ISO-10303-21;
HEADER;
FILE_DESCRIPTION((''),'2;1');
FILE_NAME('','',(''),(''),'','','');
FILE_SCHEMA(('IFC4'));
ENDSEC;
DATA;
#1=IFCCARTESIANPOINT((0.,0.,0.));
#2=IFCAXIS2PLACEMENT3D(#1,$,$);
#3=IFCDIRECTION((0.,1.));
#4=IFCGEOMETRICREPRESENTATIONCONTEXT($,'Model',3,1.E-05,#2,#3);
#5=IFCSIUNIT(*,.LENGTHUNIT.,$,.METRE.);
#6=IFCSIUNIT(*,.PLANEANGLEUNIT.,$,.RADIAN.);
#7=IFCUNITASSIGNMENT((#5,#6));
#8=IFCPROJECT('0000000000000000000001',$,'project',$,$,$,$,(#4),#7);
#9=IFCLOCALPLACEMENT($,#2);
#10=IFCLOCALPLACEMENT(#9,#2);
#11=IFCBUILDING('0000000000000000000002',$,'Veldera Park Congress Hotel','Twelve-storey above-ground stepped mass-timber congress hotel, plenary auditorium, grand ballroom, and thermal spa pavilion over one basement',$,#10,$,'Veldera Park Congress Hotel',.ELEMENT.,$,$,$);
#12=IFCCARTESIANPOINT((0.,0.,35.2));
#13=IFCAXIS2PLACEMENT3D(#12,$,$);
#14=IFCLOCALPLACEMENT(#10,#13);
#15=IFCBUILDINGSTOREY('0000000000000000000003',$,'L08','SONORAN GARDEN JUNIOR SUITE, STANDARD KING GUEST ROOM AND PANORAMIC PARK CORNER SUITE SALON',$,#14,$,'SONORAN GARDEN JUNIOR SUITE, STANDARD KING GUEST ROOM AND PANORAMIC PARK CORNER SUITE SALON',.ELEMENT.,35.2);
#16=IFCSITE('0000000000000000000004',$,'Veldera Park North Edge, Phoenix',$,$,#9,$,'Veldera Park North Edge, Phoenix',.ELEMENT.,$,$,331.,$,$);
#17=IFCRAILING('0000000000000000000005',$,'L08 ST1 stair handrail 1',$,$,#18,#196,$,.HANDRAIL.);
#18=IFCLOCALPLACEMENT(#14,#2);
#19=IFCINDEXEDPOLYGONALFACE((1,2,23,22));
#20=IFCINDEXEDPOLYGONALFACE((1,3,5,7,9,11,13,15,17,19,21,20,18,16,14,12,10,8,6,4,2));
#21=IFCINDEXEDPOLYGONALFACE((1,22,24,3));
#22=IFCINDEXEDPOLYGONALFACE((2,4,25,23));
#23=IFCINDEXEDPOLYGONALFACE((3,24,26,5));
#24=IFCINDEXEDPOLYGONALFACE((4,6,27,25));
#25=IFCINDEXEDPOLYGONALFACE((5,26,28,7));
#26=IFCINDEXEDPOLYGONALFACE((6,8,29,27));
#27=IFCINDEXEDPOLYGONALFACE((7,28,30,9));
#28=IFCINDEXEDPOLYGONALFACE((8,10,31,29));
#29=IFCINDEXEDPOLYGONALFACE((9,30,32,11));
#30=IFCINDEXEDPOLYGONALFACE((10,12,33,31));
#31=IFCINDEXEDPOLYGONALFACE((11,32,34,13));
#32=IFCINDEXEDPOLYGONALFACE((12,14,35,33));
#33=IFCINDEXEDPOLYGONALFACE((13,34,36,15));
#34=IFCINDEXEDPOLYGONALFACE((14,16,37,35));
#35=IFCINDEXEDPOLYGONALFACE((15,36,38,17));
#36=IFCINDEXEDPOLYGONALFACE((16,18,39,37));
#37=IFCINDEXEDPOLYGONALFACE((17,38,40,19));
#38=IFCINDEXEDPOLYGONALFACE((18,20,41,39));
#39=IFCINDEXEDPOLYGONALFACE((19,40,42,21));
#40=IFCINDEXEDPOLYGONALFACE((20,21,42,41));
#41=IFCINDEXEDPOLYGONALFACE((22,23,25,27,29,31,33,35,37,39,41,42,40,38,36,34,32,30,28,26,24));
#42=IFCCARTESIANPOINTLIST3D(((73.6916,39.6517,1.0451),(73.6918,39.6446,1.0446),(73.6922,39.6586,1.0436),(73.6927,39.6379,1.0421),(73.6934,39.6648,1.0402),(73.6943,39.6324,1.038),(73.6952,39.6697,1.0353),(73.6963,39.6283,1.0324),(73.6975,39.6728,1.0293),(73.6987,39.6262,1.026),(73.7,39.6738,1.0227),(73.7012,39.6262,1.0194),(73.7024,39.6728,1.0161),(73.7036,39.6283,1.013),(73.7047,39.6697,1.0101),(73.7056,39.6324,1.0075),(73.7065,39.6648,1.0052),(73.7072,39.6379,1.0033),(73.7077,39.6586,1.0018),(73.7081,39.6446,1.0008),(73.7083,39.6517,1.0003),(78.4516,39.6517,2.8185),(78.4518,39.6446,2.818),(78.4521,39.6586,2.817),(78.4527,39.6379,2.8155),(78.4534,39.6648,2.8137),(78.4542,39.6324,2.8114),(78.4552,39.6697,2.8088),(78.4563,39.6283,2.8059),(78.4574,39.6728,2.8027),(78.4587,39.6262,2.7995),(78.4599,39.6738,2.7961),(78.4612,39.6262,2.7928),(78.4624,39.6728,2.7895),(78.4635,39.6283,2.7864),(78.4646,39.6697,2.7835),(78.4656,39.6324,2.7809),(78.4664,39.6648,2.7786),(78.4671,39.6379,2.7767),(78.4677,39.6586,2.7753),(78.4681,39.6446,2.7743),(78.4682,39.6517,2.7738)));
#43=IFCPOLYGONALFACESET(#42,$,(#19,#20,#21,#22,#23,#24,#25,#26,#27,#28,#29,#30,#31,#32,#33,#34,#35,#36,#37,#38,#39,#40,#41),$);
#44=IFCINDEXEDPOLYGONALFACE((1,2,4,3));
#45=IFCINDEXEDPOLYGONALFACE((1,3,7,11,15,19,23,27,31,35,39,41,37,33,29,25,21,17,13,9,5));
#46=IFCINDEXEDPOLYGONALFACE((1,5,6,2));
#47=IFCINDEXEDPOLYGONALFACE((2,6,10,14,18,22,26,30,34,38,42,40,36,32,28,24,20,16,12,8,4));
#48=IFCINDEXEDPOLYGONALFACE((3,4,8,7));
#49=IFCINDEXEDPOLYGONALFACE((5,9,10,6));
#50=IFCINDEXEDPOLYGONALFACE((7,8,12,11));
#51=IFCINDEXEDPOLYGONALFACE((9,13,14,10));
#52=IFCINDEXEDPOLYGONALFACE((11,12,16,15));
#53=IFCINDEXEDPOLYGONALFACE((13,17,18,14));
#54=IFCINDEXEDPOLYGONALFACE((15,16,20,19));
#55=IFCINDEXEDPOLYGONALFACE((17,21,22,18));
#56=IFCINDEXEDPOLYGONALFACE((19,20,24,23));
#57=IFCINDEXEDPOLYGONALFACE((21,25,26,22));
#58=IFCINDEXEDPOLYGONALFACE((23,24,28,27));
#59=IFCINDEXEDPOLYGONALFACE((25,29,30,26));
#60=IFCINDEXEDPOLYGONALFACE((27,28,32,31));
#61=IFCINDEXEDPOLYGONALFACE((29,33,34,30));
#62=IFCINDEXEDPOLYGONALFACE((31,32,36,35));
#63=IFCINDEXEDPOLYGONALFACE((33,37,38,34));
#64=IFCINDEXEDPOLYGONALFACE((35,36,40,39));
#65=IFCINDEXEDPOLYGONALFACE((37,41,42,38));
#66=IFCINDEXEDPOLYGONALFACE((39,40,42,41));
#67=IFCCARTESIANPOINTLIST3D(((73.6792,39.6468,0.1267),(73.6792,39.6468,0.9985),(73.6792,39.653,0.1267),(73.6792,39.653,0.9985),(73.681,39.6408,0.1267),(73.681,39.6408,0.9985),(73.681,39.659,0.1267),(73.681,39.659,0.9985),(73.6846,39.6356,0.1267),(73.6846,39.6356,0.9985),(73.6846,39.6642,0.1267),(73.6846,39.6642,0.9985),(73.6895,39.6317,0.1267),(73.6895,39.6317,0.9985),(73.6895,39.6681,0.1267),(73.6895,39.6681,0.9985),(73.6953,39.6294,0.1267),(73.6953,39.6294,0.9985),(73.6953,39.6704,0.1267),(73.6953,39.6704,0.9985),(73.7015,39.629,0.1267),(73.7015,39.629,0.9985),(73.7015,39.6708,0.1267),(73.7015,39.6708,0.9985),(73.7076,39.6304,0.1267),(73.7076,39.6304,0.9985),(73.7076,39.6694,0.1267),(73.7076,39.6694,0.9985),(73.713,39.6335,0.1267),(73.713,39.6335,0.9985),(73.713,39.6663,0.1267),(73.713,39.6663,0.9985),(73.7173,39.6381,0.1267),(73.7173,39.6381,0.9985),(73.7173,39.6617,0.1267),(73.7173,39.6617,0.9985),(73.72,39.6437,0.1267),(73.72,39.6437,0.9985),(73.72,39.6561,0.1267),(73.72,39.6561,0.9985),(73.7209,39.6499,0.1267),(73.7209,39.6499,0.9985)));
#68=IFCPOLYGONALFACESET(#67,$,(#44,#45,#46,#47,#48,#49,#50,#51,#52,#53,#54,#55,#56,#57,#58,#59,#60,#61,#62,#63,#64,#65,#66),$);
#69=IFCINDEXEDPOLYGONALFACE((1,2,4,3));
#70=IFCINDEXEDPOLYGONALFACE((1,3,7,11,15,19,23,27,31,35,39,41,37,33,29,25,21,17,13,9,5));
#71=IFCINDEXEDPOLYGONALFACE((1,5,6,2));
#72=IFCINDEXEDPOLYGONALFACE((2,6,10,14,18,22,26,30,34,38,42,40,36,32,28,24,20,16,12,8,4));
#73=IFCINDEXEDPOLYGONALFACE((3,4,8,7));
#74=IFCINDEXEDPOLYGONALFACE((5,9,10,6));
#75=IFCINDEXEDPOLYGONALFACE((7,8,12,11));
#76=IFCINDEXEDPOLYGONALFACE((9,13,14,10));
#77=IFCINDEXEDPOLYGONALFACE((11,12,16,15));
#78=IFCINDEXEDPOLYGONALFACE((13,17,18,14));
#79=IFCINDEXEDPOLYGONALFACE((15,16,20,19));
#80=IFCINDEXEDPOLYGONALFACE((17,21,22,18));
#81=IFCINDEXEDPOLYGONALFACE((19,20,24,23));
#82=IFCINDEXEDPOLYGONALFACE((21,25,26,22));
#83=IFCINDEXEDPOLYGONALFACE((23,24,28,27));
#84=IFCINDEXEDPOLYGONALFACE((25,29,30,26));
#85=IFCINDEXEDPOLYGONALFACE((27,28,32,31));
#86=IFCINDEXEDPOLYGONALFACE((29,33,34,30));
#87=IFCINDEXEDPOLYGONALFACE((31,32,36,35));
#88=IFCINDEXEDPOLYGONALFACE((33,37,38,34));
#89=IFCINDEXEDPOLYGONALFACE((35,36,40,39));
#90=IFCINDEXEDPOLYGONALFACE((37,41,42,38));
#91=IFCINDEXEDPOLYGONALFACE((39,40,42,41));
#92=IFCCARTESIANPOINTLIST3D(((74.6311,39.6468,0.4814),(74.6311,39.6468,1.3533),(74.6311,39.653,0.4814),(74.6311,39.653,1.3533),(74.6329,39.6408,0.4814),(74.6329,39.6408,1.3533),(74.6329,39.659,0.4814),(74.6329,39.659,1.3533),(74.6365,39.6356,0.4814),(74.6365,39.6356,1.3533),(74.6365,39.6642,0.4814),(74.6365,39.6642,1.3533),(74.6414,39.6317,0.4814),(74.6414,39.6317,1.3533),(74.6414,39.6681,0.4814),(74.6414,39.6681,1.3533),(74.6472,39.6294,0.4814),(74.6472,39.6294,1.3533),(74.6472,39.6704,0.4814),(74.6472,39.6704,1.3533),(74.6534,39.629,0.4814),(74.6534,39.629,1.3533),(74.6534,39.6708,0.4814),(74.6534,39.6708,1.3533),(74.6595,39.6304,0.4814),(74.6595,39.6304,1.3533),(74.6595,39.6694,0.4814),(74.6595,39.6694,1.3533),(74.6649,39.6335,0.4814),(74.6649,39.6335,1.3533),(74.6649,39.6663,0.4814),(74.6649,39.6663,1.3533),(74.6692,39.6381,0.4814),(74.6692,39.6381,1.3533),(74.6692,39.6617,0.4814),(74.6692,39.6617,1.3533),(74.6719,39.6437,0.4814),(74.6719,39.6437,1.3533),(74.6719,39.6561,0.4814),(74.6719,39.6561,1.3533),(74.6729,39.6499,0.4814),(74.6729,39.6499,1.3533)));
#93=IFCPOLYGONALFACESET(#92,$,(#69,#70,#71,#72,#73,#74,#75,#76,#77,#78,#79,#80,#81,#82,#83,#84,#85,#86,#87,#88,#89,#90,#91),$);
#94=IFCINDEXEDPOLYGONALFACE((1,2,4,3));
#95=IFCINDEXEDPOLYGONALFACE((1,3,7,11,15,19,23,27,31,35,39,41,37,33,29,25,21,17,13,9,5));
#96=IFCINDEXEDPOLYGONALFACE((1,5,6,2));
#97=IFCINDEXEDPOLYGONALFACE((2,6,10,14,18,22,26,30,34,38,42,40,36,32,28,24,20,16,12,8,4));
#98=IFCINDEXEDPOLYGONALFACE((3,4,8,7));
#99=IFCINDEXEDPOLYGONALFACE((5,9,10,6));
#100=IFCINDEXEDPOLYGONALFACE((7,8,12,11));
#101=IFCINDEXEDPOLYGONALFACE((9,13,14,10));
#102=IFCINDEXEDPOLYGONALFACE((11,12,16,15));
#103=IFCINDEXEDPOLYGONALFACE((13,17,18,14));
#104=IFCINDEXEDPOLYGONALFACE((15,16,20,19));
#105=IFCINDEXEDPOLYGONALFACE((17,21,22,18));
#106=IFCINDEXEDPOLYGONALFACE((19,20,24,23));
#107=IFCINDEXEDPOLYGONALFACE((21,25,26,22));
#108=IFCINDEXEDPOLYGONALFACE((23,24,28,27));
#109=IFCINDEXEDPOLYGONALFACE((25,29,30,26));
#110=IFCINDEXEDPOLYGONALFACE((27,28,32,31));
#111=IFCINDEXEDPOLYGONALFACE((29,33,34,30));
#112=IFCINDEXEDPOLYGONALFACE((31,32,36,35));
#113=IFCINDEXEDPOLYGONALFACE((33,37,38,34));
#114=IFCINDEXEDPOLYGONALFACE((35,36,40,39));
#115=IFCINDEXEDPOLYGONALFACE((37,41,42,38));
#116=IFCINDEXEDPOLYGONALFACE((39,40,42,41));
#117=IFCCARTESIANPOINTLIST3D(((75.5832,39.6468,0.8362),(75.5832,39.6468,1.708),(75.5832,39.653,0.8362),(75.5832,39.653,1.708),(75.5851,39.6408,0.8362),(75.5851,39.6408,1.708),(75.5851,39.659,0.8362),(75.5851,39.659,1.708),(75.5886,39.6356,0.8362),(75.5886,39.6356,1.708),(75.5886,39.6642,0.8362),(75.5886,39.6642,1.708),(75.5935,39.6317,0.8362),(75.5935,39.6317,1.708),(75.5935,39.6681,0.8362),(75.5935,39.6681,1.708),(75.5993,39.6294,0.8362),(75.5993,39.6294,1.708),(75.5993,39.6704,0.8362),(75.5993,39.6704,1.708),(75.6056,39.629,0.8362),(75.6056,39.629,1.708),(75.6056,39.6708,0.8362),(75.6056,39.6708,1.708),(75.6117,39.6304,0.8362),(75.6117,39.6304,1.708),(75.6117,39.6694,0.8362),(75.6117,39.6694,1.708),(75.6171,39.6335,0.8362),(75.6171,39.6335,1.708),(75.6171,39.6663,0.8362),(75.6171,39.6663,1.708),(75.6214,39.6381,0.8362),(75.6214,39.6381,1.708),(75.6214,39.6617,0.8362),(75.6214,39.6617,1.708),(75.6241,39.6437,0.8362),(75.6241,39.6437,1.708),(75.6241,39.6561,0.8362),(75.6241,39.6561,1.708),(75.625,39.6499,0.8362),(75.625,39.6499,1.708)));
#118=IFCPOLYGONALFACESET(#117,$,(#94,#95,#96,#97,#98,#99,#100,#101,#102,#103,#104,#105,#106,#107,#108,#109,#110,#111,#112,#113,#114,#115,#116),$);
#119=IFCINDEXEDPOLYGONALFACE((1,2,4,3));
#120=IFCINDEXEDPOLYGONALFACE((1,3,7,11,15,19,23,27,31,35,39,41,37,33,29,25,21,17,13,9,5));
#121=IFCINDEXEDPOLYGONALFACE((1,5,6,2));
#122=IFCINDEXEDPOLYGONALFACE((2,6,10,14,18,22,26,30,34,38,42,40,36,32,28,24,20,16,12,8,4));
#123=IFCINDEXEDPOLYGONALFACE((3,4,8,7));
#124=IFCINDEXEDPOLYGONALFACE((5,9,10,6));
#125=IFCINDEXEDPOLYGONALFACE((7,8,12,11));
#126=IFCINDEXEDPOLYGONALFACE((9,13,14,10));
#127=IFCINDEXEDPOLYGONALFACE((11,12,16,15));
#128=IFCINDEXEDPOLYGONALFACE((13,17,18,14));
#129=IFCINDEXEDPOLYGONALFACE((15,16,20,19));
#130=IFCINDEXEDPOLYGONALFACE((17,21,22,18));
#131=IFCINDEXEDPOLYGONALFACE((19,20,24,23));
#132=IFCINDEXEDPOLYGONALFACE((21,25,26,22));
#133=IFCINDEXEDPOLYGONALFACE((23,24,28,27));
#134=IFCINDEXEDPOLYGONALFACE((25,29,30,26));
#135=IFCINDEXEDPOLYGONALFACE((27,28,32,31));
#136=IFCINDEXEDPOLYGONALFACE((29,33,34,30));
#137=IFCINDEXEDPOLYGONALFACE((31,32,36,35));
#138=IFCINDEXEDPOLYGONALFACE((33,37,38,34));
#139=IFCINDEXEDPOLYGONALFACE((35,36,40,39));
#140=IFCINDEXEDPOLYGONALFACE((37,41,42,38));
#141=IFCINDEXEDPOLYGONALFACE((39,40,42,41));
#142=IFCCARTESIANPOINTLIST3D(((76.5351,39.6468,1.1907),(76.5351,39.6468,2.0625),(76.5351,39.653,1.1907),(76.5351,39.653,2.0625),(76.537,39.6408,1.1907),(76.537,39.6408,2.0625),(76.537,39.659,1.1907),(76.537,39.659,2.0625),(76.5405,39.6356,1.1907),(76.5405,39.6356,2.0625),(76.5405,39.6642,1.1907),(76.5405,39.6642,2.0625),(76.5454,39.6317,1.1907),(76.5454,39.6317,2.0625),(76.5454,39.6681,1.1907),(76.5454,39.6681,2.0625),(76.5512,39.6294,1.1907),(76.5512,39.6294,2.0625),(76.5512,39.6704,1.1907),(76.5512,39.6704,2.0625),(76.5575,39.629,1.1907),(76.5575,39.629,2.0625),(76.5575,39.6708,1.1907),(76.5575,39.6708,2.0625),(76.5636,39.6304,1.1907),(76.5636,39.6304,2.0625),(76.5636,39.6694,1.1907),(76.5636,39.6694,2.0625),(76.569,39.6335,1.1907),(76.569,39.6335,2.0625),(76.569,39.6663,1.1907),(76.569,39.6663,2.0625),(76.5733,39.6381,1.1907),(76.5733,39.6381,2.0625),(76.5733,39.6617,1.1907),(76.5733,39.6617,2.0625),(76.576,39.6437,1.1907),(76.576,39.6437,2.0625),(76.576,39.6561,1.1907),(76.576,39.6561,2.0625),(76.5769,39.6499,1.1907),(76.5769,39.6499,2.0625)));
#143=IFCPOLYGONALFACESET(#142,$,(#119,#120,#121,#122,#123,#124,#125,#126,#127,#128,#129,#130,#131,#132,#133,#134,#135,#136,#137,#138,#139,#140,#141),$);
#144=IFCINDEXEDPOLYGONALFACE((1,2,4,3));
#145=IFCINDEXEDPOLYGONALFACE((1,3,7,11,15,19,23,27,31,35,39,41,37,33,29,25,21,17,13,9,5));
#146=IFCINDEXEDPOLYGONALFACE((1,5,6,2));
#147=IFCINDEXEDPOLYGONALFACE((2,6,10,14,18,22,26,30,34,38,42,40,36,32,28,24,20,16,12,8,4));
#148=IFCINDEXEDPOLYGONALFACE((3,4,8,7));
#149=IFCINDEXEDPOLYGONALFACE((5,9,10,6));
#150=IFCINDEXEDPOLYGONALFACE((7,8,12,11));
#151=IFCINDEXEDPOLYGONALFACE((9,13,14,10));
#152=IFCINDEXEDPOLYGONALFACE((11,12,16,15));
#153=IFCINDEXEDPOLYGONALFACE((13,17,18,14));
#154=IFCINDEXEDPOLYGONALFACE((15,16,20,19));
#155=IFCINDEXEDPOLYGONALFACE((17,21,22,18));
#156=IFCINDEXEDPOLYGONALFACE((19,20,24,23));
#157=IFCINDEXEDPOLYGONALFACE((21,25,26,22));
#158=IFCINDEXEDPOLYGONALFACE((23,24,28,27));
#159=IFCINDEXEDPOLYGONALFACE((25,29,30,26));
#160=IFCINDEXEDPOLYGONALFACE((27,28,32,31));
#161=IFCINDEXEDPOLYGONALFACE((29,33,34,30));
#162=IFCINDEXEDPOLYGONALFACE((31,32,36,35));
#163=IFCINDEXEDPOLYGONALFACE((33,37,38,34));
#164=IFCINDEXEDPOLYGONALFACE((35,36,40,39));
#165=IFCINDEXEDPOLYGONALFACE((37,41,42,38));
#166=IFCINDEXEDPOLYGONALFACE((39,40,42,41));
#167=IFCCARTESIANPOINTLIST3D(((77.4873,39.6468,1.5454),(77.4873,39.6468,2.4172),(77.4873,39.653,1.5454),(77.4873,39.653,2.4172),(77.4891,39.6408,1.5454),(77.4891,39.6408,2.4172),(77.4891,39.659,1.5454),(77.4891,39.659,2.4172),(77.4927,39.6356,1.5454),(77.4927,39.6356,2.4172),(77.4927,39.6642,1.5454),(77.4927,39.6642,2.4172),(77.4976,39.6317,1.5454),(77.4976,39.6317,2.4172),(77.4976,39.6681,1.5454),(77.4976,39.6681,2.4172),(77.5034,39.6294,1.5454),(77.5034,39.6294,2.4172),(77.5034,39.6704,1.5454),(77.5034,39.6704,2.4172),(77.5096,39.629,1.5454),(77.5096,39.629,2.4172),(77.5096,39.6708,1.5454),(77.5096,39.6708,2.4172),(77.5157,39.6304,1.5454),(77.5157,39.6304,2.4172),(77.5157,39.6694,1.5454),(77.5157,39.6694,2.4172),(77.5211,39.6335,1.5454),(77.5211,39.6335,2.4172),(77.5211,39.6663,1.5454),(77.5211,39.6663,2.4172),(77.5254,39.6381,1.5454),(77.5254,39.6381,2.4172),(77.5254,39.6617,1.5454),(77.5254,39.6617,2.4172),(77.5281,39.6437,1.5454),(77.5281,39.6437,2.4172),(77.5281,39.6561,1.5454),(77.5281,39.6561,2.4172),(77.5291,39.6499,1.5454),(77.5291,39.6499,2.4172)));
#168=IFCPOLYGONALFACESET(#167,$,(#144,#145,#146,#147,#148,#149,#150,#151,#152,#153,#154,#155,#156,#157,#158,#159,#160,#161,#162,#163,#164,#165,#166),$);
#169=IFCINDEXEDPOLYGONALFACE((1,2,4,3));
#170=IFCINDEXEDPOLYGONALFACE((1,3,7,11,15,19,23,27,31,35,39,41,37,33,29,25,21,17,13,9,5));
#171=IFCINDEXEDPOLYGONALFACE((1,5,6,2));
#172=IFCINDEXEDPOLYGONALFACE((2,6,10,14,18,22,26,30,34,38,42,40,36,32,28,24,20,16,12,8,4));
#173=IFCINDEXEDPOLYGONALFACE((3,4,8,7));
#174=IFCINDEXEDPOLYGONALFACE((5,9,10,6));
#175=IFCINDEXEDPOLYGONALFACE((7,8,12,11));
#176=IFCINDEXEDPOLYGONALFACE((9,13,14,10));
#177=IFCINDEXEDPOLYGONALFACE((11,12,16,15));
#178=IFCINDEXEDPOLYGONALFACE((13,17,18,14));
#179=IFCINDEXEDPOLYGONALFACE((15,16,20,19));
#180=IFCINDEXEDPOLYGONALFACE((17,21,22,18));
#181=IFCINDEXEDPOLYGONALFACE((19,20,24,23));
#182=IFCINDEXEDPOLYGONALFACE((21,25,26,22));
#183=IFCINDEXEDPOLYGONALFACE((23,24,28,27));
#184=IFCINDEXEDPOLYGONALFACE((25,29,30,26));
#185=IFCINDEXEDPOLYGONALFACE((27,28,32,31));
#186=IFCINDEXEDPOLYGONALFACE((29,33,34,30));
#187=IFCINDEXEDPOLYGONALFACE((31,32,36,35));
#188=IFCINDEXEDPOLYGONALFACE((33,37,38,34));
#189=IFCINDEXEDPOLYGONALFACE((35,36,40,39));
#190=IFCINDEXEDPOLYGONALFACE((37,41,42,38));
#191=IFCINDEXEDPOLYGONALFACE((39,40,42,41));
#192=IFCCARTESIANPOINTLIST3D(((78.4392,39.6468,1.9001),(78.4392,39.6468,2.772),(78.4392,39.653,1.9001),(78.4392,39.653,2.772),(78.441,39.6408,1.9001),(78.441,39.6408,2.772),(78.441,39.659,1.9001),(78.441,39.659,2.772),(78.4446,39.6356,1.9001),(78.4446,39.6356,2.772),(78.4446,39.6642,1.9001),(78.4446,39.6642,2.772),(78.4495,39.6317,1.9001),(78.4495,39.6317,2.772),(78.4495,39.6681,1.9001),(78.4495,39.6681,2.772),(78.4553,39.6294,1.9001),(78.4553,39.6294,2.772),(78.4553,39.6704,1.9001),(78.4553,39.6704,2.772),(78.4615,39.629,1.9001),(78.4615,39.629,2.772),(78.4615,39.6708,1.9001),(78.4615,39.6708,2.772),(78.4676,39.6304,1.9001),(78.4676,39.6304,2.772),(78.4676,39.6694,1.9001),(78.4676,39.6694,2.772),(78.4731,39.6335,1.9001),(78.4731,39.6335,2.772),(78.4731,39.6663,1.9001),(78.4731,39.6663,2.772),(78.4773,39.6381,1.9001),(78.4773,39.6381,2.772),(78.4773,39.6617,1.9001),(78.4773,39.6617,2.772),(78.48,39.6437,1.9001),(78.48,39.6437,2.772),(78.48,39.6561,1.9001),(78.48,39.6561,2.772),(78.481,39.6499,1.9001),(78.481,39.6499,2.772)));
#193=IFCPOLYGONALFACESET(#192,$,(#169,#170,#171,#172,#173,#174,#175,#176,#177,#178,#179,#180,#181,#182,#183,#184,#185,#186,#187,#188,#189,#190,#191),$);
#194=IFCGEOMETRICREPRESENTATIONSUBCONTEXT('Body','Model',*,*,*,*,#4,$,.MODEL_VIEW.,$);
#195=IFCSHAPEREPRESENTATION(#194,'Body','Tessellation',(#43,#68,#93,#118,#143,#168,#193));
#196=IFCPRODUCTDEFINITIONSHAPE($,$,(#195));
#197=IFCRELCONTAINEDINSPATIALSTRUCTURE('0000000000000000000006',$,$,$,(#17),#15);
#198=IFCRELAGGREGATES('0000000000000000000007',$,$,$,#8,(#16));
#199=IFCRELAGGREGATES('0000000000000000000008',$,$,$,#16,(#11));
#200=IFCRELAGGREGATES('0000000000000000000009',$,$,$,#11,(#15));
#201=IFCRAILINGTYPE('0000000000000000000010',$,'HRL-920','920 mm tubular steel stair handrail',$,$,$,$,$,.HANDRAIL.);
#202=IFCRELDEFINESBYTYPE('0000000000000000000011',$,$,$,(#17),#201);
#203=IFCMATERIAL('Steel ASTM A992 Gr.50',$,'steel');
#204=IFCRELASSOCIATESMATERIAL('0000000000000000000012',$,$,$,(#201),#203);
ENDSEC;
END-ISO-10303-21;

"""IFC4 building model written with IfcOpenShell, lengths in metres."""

from ifc_helpers import new_model, si_unit, direction, frame, origin, origin_2d, place, context, subcontext, project, spatial, circle, extrude, material, type_object, element, save


model = new_model("IFC4")

# Units and contexts
model_context = context("Model", 3, precision=1e-05, world=origin(), true_north=direction((0.0, 1.0)))
body_context = subcontext(model_context, "Body", "Model", "MODEL_VIEW")
ifc_project = project(units=[si_unit("LENGTHUNIT", "METRE"), si_unit("PLANEANGLEUNIT", "RADIAN")], contexts=[model_context])

# Site, building, storey
site_placement = place(None, origin())
site = spatial("IfcSite", under=ifc_project, at=site_placement, Name="Veldera Park North Edge, Phoenix", LongName="Veldera Park North Edge, Phoenix", CompositionType="ELEMENT", RefElevation=331.0)
building_placement = place(site_placement, origin())
building = spatial("IfcBuilding", under=site, at=building_placement, Name="Veldera Park Congress Hotel", Description="Twelve-storey above-ground stepped mass-timber congress hotel, plenary auditorium, grand ballroom, and thermal spa pavilion over one basement", LongName="Veldera Park Congress Hotel", CompositionType="ELEMENT")
storey_placement = place(building_placement, frame((0.0, 0.0, 35.2)))
storey = spatial("IfcBuildingStorey", under=building, at=storey_placement, Name="L08", Description="SONORAN GARDEN JUNIOR SUITE, STANDARD KING GUEST ROOM AND PANORAMIC PARK CORNER SUITE SALON", LongName="SONORAN GARDEN JUNIOR SUITE, STANDARD KING GUEST ROOM AND PANORAMIC PARK CORNER SUITE SALON", CompositionType="ELEMENT", Elevation=35.2)

# Railing
ifc_material_1 = material(Name="Steel ASTM A992 Gr.50", Category="steel")
railing_type_1 = type_object("IfcRailingType", Name="HRL-920", Description="920 mm tubular steel stair handrail", PredefinedType="HANDRAIL", material=ifc_material_1)
railing_1_placement = place(storey_placement, frame((73.7, 39.6499, 0.1267)))
element("IfcRailing", 1, at=railing_1_placement, inside=storey, type_object=railing_type_1, Name="L08 ST1 stair handrail 1", PredefinedType="HANDRAIL", context=body_context, shape_type="SweptSolid", body=[
    extrude(circle(Radius=0.0239, at=origin_2d()), frame((0.0, 0.0, 0.896), z_axis=(0.937076, 0.0, 0.349126), x_axis=(0.0, 1.0, 0.0)), (0.0, 0.0, 1.0), 5.0796),
    extrude(circle(Radius=0.021, at=origin_2d()), origin(), (0.0, 0.0, 1.0), 0.8718),
    extrude(circle(Radius=0.021, at=origin_2d()), frame((0.9519, 0.0, 0.3547)), (0.0, 0.0, 1.0), 0.8718),
    extrude(circle(Radius=0.021, at=origin_2d()), frame((1.9041, 0.0, 0.7095)), (0.0, 0.0, 1.0), 0.8718),
    extrude(circle(Radius=0.021, at=origin_2d()), frame((2.856, 0.0, 1.064)), (0.0, 0.0, 1.0), 0.8718),
    extrude(circle(Radius=0.021, at=origin_2d()), frame((3.8081, 0.0, 1.4187)), (0.0, 0.0, 1.0), 0.8718),
    extrude(circle(Radius=0.021, at=origin_2d()), frame((4.76, 0.0, 1.7734)), (0.0, 0.0, 1.0), 0.8718),
])

save(model, "model.ifc")
